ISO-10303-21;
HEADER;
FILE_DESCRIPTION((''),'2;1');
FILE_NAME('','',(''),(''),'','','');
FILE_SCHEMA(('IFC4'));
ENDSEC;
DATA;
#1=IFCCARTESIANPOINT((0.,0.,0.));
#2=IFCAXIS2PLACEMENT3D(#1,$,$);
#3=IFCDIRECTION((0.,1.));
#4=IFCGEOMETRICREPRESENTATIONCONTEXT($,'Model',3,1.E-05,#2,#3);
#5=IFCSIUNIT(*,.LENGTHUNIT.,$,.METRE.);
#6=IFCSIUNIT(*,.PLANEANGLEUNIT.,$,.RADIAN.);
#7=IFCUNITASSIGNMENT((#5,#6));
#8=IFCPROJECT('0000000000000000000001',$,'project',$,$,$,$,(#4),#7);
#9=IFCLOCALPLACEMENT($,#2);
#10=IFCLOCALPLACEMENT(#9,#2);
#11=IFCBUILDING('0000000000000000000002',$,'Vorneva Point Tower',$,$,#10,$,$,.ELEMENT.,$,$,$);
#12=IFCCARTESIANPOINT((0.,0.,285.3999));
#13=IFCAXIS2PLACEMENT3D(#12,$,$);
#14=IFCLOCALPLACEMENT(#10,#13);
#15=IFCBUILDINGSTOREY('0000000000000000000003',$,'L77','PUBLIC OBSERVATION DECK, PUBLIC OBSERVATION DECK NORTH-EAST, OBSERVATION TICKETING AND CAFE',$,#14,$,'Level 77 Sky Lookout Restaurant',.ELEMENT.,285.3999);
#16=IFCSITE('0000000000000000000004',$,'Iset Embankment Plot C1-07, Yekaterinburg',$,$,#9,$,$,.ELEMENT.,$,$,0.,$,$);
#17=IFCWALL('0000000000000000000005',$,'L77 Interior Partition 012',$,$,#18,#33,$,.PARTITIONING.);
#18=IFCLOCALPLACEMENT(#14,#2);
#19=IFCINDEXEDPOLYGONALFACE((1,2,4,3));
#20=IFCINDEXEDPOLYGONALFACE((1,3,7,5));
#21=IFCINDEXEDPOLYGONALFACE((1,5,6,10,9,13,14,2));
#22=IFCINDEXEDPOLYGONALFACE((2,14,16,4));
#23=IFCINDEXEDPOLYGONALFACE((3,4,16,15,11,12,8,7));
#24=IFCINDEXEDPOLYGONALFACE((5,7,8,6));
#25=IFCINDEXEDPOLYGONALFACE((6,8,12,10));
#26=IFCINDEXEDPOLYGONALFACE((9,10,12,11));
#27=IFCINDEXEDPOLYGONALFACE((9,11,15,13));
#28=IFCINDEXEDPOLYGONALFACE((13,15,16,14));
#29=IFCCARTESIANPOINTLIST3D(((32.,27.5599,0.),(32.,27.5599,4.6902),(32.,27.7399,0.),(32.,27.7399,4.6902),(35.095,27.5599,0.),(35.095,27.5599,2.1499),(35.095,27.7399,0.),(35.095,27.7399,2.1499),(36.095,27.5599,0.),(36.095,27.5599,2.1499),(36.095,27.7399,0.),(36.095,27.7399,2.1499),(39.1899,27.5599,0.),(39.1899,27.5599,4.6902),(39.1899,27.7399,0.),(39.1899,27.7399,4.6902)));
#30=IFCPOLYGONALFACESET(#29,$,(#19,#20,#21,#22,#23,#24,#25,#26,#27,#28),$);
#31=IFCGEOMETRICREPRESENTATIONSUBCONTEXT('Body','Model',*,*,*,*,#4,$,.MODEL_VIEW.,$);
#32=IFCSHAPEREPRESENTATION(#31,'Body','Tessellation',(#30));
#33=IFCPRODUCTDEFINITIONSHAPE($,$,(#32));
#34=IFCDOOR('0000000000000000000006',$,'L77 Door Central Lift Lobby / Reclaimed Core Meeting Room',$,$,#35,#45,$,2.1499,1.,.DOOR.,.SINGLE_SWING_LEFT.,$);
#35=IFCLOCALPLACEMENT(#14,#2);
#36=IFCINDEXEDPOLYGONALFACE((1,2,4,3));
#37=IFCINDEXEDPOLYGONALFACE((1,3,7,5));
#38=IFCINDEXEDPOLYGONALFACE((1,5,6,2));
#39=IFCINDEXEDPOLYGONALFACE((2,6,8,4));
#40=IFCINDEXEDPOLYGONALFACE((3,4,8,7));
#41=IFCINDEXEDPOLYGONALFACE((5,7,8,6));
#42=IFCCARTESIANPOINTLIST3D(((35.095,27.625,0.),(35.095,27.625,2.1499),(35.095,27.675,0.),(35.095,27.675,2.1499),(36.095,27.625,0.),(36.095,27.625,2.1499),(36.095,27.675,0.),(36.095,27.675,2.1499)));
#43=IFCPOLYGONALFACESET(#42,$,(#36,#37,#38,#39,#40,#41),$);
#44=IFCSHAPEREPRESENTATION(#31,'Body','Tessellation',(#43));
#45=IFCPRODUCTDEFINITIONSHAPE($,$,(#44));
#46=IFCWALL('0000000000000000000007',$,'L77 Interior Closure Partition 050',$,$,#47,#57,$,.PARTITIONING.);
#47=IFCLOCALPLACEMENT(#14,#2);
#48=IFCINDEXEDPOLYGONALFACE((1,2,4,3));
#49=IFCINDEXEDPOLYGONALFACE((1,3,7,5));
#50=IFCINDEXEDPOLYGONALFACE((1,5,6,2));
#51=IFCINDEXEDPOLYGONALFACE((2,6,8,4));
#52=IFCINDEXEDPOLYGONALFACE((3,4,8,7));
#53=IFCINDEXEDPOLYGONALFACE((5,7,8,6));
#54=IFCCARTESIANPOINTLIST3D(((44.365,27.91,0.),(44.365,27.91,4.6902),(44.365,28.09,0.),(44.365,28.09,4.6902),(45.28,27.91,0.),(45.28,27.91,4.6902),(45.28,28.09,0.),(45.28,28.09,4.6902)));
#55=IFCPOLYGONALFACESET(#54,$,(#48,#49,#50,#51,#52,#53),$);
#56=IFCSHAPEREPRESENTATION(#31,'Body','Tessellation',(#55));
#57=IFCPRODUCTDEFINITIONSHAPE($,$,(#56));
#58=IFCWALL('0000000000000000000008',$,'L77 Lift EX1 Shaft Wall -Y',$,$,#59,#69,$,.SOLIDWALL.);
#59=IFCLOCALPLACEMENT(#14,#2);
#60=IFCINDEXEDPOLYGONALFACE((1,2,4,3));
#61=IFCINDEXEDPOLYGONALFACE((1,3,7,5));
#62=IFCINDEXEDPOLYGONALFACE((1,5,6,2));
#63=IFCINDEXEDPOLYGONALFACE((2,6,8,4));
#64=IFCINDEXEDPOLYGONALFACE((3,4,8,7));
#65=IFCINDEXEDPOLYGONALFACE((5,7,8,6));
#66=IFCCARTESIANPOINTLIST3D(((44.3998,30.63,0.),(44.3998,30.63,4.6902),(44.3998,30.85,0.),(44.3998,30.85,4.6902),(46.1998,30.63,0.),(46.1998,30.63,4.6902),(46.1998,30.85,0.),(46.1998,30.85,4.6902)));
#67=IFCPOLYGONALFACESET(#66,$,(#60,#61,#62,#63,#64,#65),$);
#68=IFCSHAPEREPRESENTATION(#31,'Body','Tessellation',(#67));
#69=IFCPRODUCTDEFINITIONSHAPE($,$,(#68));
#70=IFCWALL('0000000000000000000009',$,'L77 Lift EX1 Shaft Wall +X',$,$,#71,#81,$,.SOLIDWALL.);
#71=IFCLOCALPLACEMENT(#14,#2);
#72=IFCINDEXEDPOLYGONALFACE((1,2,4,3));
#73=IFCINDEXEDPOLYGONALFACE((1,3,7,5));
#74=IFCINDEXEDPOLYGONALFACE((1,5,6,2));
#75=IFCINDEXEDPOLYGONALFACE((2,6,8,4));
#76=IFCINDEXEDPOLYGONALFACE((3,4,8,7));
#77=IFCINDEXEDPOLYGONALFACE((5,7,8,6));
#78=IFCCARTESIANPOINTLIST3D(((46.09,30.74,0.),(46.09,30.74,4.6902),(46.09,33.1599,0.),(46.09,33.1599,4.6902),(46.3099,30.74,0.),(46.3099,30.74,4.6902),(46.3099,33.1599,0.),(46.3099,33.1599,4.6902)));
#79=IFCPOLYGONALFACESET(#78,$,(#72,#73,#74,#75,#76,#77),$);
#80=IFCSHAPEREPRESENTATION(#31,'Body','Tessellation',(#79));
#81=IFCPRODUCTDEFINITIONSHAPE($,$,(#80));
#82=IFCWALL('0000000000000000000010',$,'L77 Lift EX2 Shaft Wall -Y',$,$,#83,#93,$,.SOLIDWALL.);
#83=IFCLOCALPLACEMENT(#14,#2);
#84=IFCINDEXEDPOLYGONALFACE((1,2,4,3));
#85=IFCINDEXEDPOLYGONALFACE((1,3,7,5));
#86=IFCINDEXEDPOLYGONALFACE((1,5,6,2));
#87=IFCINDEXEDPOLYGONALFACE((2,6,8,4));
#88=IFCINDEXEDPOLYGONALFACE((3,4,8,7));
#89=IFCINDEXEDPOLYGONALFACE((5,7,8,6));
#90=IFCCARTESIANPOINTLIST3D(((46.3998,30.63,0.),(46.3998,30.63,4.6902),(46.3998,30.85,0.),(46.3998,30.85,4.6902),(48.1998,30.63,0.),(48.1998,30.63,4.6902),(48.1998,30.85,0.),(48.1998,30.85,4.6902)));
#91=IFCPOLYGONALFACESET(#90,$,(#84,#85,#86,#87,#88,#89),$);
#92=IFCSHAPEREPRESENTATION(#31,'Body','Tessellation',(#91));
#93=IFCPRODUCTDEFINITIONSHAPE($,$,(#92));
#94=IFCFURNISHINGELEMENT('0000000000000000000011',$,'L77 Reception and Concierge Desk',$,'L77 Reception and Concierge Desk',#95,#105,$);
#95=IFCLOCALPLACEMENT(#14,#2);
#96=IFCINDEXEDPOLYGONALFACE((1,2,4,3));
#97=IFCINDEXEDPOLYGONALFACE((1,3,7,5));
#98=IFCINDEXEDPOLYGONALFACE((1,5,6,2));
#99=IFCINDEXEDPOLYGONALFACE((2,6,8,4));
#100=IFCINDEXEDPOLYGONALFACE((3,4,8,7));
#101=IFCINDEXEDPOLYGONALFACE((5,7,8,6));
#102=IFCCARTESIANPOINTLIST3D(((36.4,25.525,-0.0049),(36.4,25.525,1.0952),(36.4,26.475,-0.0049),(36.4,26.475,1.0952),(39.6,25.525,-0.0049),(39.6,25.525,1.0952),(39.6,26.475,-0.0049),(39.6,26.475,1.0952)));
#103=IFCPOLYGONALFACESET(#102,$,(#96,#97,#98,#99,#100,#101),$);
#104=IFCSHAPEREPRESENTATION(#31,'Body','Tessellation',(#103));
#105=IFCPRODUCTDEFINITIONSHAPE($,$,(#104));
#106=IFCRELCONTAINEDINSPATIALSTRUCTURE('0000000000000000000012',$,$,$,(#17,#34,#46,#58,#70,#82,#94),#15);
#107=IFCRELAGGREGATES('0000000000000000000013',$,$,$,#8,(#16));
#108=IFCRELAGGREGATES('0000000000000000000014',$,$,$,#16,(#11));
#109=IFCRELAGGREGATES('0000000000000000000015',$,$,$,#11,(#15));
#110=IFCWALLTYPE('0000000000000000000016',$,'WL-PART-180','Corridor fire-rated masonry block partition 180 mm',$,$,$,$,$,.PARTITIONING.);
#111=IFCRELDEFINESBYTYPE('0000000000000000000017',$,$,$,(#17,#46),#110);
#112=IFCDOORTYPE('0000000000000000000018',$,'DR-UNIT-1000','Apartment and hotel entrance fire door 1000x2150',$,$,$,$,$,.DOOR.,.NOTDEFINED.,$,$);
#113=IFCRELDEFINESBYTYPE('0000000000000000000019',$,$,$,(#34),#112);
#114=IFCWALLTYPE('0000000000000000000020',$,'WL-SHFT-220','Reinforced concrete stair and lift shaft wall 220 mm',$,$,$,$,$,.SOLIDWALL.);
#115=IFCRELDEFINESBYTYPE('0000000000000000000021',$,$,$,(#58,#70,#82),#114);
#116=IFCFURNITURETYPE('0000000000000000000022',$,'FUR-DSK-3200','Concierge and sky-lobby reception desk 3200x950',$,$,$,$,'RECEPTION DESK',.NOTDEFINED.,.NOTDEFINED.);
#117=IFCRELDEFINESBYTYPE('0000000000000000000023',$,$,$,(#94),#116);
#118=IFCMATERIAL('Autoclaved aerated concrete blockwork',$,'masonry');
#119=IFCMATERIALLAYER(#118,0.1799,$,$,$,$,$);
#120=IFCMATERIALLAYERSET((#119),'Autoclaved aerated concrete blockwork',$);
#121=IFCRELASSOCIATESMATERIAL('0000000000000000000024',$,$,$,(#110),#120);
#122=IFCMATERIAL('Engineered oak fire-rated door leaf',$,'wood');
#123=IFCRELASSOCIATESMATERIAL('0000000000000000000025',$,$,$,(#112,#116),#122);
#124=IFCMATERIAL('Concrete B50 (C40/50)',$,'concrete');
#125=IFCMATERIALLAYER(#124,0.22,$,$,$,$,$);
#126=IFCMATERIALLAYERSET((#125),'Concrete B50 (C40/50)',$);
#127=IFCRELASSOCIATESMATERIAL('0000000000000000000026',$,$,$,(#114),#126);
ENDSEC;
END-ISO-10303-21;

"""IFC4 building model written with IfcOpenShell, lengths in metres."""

from ifc_helpers import new_model, si_unit, direction, frame, frame_2d, origin, origin_2d, place, context, subcontext, project, spatial, rectangle, extrude, material, layer, layer_set, type_object, element, fill, save


model = new_model("IFC4")

# Units and contexts
model_context = context("Model", 3, precision=1e-05, world=origin(), true_north=direction((0.0, 1.0)))
body_context = subcontext(model_context, "Body", "Model", "MODEL_VIEW")
ifc_project = project(units=[si_unit("LENGTHUNIT", "METRE"), si_unit("PLANEANGLEUNIT", "RADIAN")], contexts=[model_context])

# Site, building, storey
site_placement = place(None, origin())
site = spatial("IfcSite", under=ifc_project, at=site_placement, Name="Iset Embankment Plot C1-07, Yekaterinburg", CompositionType="ELEMENT", RefElevation=0.0)
building_placement = place(site_placement, origin())
building = spatial("IfcBuilding", under=site, at=building_placement, Name="Vorneva Point Tower", CompositionType="ELEMENT")
storey_placement = place(building_placement, frame((0.0, 0.0, 285.3999)))
storey = spatial("IfcBuildingStorey", under=building, at=storey_placement, Name="L77", Description="PUBLIC OBSERVATION DECK, PUBLIC OBSERVATION DECK NORTH-EAST, OBSERVATION TICKETING AND CAFE", LongName="Level 77 Sky Lookout Restaurant", CompositionType="ELEMENT", Elevation=285.3999)

# Shared definitions
ifc_material_1 = material(Name="Concrete B50 (C40/50)", Category="concrete")

# Wall, opening, door
ifc_material_2 = material(Name="Autoclaved aerated concrete blockwork", Category="masonry")
ifc_layer_1 = layer(ifc_material_2, 0.1799)
ifc_layer_set_1 = layer_set([ifc_layer_1], Name="Autoclaved aerated concrete blockwork")
wall_type_1 = type_object("IfcWallType", Name="WL-PART-180", Description="Corridor fire-rated masonry block partition 180 mm", PredefinedType="PARTITIONING", material=ifc_layer_set_1)
wall_1_placement = place(storey_placement, frame((39.1899, 27.6499, 0.0), z_axis=(0.0, 0.0, 1.0), x_axis=(-1.0, 0.0, 0.0)))
wall_1 = element("IfcWall", 1, at=wall_1_placement, inside=storey, type_object=wall_type_1, Name="L77 Interior Partition 012", PredefinedType="PARTITIONING", context=body_context, shape_type="SweptSolid", body=[
    extrude(rectangle(XDim=7.1899, YDim=0.1799, at=frame_2d((3.595, 0.0))), origin(), (0.0, 0.0, 1.0), 4.6902),
])
opening_1_placement = place(wall_1_placement, frame((3.095, 0.0, 0.0)))
opening_1 = element("IfcOpeningElement", 2, at=opening_1_placement, cuts=wall_1, PredefinedType="OPENING", context=body_context, shape_type="SweptSolid", body=[
    extrude(rectangle(XDim=1.0, YDim=2.1499, at=frame_2d((0.5, 1.075))), frame((0.0, 0.105, 0.0), z_axis=(0.0, -1.0, 0.0), x_axis=(1.0, 0.0, 0.0)), (0.0, 0.0, 1.0), 0.2097),
])
ifc_material_3 = material(Name="Engineered oak fire-rated door leaf", Category="wood")
door_type_1 = type_object("IfcDoorType", Name="DR-UNIT-1000", Description="Apartment and hotel entrance fire door 1000x2150", OperationType="NOTDEFINED", PredefinedType="DOOR", material=ifc_material_3)
door_1_placement = place(opening_1_placement, origin())
door_1 = element("IfcDoor", 3, at=door_1_placement, inside=storey, type_object=door_type_1, Name="L77 Door Central Lift Lobby / Reclaimed Core Meeting Room", OperationType="SINGLE_SWING_LEFT", OverallHeight=2.1499, OverallWidth=1.0, PredefinedType="DOOR", context=body_context, shape_type="SweptSolid", body=[
    extrude(rectangle(XDim=1.0, YDim=2.1499, at=frame_2d((0.5, 1.075))), frame((0.0, 0.0249, 0.0), z_axis=(0.0, -1.0, 0.0), x_axis=(1.0, 0.0, 0.0)), (0.0, 0.0, 1.0), 0.05),
])
fill(opening_1, door_1)

# Walls
wall_2_placement = place(storey_placement, frame((45.28, 28.0, 0.0), z_axis=(0.0, 0.0, 1.0), x_axis=(-1.0, 0.0, 0.0)))
element("IfcWall", 4, at=wall_2_placement, inside=storey, type_object=wall_type_1, Name="L77 Interior Closure Partition 050", PredefinedType="PARTITIONING", context=body_context, shape_type="SweptSolid", body=[
    extrude(rectangle(XDim=0.915, YDim=0.1799, at=frame_2d((0.4575, 0.0))), origin(), (0.0, 0.0, 1.0), 4.6902),
])
ifc_layer_2 = layer(ifc_material_1, 0.22)
ifc_layer_set_2 = layer_set([ifc_layer_2], Name="Concrete B50 (C40/50)")
wall_type_2 = type_object("IfcWallType", Name="WL-SHFT-220", Description="Reinforced concrete stair and lift shaft wall 220 mm", PredefinedType="SOLIDWALL", material=ifc_layer_set_2)
wall_3_placement = place(storey_placement, frame((44.3999, 30.74, 0.0), z_axis=(0.0, 0.0, 1.0), x_axis=(1.0, 0.0, 0.0)))
element("IfcWall", 5, at=wall_3_placement, inside=storey, type_object=wall_type_2, Name="L77 Lift EX1 Shaft Wall -Y", PredefinedType="SOLIDWALL", context=body_context, shape_type="SweptSolid", body=[
    extrude(rectangle(XDim=1.8, YDim=0.22, at=frame_2d((0.8999, 0.0))), origin(), (0.0, 0.0, 1.0), 4.6902),
])
wall_4_placement = place(storey_placement, frame((46.2, 30.74, 0.0), z_axis=(0.0, 0.0, 1.0), x_axis=(0.0, 1.0, 0.0)))
element("IfcWall", 6, at=wall_4_placement, inside=storey, type_object=wall_type_2, Name="L77 Lift EX1 Shaft Wall +X", PredefinedType="SOLIDWALL", context=body_context, shape_type="SweptSolid", body=[
    extrude(rectangle(XDim=2.4199, YDim=0.22, at=frame_2d((1.21, 0.0))), origin(), (0.0, 0.0, 1.0), 4.6902),
])
wall_5_placement = place(storey_placement, frame((46.3999, 30.74, 0.0), z_axis=(0.0, 0.0, 1.0), x_axis=(1.0, 0.0, 0.0)))
element("IfcWall", 7, at=wall_5_placement, inside=storey, type_object=wall_type_2, Name="L77 Lift EX2 Shaft Wall -Y", PredefinedType="SOLIDWALL", context=body_context, shape_type="SweptSolid", body=[
    extrude(rectangle(XDim=1.8, YDim=0.22, at=frame_2d((0.8999, 0.0))), origin(), (0.0, 0.0, 1.0), 4.6902),
])

# Furnishing element
furniture_type = type_object("IfcFurnitureType", Name="FUR-DSK-3200", Description="Concierge and sky-lobby reception desk 3200x950", ElementType="RECEPTION DESK", AssemblyPlace="NOTDEFINED", PredefinedType="NOTDEFINED", material=ifc_material_3)
furnishing_placement = place(storey_placement, frame((38.0, 26.0, -0.0049), z_axis=(0.0, 0.0, 1.0), x_axis=(1.0, 0.0, 0.0)))
element("IfcFurnishingElement", 8, at=furnishing_placement, inside=storey, type_object=furniture_type, Name="L77 Reception and Concierge Desk", ObjectType="L77 Reception and Concierge Desk", context=body_context, shape_type="SweptSolid", body=[
    extrude(rectangle(XDim=3.2, YDim=0.95, at=origin_2d()), origin(), (0.0, 0.0, 1.0), 1.1001),
])

save(model, "model.ifc")
